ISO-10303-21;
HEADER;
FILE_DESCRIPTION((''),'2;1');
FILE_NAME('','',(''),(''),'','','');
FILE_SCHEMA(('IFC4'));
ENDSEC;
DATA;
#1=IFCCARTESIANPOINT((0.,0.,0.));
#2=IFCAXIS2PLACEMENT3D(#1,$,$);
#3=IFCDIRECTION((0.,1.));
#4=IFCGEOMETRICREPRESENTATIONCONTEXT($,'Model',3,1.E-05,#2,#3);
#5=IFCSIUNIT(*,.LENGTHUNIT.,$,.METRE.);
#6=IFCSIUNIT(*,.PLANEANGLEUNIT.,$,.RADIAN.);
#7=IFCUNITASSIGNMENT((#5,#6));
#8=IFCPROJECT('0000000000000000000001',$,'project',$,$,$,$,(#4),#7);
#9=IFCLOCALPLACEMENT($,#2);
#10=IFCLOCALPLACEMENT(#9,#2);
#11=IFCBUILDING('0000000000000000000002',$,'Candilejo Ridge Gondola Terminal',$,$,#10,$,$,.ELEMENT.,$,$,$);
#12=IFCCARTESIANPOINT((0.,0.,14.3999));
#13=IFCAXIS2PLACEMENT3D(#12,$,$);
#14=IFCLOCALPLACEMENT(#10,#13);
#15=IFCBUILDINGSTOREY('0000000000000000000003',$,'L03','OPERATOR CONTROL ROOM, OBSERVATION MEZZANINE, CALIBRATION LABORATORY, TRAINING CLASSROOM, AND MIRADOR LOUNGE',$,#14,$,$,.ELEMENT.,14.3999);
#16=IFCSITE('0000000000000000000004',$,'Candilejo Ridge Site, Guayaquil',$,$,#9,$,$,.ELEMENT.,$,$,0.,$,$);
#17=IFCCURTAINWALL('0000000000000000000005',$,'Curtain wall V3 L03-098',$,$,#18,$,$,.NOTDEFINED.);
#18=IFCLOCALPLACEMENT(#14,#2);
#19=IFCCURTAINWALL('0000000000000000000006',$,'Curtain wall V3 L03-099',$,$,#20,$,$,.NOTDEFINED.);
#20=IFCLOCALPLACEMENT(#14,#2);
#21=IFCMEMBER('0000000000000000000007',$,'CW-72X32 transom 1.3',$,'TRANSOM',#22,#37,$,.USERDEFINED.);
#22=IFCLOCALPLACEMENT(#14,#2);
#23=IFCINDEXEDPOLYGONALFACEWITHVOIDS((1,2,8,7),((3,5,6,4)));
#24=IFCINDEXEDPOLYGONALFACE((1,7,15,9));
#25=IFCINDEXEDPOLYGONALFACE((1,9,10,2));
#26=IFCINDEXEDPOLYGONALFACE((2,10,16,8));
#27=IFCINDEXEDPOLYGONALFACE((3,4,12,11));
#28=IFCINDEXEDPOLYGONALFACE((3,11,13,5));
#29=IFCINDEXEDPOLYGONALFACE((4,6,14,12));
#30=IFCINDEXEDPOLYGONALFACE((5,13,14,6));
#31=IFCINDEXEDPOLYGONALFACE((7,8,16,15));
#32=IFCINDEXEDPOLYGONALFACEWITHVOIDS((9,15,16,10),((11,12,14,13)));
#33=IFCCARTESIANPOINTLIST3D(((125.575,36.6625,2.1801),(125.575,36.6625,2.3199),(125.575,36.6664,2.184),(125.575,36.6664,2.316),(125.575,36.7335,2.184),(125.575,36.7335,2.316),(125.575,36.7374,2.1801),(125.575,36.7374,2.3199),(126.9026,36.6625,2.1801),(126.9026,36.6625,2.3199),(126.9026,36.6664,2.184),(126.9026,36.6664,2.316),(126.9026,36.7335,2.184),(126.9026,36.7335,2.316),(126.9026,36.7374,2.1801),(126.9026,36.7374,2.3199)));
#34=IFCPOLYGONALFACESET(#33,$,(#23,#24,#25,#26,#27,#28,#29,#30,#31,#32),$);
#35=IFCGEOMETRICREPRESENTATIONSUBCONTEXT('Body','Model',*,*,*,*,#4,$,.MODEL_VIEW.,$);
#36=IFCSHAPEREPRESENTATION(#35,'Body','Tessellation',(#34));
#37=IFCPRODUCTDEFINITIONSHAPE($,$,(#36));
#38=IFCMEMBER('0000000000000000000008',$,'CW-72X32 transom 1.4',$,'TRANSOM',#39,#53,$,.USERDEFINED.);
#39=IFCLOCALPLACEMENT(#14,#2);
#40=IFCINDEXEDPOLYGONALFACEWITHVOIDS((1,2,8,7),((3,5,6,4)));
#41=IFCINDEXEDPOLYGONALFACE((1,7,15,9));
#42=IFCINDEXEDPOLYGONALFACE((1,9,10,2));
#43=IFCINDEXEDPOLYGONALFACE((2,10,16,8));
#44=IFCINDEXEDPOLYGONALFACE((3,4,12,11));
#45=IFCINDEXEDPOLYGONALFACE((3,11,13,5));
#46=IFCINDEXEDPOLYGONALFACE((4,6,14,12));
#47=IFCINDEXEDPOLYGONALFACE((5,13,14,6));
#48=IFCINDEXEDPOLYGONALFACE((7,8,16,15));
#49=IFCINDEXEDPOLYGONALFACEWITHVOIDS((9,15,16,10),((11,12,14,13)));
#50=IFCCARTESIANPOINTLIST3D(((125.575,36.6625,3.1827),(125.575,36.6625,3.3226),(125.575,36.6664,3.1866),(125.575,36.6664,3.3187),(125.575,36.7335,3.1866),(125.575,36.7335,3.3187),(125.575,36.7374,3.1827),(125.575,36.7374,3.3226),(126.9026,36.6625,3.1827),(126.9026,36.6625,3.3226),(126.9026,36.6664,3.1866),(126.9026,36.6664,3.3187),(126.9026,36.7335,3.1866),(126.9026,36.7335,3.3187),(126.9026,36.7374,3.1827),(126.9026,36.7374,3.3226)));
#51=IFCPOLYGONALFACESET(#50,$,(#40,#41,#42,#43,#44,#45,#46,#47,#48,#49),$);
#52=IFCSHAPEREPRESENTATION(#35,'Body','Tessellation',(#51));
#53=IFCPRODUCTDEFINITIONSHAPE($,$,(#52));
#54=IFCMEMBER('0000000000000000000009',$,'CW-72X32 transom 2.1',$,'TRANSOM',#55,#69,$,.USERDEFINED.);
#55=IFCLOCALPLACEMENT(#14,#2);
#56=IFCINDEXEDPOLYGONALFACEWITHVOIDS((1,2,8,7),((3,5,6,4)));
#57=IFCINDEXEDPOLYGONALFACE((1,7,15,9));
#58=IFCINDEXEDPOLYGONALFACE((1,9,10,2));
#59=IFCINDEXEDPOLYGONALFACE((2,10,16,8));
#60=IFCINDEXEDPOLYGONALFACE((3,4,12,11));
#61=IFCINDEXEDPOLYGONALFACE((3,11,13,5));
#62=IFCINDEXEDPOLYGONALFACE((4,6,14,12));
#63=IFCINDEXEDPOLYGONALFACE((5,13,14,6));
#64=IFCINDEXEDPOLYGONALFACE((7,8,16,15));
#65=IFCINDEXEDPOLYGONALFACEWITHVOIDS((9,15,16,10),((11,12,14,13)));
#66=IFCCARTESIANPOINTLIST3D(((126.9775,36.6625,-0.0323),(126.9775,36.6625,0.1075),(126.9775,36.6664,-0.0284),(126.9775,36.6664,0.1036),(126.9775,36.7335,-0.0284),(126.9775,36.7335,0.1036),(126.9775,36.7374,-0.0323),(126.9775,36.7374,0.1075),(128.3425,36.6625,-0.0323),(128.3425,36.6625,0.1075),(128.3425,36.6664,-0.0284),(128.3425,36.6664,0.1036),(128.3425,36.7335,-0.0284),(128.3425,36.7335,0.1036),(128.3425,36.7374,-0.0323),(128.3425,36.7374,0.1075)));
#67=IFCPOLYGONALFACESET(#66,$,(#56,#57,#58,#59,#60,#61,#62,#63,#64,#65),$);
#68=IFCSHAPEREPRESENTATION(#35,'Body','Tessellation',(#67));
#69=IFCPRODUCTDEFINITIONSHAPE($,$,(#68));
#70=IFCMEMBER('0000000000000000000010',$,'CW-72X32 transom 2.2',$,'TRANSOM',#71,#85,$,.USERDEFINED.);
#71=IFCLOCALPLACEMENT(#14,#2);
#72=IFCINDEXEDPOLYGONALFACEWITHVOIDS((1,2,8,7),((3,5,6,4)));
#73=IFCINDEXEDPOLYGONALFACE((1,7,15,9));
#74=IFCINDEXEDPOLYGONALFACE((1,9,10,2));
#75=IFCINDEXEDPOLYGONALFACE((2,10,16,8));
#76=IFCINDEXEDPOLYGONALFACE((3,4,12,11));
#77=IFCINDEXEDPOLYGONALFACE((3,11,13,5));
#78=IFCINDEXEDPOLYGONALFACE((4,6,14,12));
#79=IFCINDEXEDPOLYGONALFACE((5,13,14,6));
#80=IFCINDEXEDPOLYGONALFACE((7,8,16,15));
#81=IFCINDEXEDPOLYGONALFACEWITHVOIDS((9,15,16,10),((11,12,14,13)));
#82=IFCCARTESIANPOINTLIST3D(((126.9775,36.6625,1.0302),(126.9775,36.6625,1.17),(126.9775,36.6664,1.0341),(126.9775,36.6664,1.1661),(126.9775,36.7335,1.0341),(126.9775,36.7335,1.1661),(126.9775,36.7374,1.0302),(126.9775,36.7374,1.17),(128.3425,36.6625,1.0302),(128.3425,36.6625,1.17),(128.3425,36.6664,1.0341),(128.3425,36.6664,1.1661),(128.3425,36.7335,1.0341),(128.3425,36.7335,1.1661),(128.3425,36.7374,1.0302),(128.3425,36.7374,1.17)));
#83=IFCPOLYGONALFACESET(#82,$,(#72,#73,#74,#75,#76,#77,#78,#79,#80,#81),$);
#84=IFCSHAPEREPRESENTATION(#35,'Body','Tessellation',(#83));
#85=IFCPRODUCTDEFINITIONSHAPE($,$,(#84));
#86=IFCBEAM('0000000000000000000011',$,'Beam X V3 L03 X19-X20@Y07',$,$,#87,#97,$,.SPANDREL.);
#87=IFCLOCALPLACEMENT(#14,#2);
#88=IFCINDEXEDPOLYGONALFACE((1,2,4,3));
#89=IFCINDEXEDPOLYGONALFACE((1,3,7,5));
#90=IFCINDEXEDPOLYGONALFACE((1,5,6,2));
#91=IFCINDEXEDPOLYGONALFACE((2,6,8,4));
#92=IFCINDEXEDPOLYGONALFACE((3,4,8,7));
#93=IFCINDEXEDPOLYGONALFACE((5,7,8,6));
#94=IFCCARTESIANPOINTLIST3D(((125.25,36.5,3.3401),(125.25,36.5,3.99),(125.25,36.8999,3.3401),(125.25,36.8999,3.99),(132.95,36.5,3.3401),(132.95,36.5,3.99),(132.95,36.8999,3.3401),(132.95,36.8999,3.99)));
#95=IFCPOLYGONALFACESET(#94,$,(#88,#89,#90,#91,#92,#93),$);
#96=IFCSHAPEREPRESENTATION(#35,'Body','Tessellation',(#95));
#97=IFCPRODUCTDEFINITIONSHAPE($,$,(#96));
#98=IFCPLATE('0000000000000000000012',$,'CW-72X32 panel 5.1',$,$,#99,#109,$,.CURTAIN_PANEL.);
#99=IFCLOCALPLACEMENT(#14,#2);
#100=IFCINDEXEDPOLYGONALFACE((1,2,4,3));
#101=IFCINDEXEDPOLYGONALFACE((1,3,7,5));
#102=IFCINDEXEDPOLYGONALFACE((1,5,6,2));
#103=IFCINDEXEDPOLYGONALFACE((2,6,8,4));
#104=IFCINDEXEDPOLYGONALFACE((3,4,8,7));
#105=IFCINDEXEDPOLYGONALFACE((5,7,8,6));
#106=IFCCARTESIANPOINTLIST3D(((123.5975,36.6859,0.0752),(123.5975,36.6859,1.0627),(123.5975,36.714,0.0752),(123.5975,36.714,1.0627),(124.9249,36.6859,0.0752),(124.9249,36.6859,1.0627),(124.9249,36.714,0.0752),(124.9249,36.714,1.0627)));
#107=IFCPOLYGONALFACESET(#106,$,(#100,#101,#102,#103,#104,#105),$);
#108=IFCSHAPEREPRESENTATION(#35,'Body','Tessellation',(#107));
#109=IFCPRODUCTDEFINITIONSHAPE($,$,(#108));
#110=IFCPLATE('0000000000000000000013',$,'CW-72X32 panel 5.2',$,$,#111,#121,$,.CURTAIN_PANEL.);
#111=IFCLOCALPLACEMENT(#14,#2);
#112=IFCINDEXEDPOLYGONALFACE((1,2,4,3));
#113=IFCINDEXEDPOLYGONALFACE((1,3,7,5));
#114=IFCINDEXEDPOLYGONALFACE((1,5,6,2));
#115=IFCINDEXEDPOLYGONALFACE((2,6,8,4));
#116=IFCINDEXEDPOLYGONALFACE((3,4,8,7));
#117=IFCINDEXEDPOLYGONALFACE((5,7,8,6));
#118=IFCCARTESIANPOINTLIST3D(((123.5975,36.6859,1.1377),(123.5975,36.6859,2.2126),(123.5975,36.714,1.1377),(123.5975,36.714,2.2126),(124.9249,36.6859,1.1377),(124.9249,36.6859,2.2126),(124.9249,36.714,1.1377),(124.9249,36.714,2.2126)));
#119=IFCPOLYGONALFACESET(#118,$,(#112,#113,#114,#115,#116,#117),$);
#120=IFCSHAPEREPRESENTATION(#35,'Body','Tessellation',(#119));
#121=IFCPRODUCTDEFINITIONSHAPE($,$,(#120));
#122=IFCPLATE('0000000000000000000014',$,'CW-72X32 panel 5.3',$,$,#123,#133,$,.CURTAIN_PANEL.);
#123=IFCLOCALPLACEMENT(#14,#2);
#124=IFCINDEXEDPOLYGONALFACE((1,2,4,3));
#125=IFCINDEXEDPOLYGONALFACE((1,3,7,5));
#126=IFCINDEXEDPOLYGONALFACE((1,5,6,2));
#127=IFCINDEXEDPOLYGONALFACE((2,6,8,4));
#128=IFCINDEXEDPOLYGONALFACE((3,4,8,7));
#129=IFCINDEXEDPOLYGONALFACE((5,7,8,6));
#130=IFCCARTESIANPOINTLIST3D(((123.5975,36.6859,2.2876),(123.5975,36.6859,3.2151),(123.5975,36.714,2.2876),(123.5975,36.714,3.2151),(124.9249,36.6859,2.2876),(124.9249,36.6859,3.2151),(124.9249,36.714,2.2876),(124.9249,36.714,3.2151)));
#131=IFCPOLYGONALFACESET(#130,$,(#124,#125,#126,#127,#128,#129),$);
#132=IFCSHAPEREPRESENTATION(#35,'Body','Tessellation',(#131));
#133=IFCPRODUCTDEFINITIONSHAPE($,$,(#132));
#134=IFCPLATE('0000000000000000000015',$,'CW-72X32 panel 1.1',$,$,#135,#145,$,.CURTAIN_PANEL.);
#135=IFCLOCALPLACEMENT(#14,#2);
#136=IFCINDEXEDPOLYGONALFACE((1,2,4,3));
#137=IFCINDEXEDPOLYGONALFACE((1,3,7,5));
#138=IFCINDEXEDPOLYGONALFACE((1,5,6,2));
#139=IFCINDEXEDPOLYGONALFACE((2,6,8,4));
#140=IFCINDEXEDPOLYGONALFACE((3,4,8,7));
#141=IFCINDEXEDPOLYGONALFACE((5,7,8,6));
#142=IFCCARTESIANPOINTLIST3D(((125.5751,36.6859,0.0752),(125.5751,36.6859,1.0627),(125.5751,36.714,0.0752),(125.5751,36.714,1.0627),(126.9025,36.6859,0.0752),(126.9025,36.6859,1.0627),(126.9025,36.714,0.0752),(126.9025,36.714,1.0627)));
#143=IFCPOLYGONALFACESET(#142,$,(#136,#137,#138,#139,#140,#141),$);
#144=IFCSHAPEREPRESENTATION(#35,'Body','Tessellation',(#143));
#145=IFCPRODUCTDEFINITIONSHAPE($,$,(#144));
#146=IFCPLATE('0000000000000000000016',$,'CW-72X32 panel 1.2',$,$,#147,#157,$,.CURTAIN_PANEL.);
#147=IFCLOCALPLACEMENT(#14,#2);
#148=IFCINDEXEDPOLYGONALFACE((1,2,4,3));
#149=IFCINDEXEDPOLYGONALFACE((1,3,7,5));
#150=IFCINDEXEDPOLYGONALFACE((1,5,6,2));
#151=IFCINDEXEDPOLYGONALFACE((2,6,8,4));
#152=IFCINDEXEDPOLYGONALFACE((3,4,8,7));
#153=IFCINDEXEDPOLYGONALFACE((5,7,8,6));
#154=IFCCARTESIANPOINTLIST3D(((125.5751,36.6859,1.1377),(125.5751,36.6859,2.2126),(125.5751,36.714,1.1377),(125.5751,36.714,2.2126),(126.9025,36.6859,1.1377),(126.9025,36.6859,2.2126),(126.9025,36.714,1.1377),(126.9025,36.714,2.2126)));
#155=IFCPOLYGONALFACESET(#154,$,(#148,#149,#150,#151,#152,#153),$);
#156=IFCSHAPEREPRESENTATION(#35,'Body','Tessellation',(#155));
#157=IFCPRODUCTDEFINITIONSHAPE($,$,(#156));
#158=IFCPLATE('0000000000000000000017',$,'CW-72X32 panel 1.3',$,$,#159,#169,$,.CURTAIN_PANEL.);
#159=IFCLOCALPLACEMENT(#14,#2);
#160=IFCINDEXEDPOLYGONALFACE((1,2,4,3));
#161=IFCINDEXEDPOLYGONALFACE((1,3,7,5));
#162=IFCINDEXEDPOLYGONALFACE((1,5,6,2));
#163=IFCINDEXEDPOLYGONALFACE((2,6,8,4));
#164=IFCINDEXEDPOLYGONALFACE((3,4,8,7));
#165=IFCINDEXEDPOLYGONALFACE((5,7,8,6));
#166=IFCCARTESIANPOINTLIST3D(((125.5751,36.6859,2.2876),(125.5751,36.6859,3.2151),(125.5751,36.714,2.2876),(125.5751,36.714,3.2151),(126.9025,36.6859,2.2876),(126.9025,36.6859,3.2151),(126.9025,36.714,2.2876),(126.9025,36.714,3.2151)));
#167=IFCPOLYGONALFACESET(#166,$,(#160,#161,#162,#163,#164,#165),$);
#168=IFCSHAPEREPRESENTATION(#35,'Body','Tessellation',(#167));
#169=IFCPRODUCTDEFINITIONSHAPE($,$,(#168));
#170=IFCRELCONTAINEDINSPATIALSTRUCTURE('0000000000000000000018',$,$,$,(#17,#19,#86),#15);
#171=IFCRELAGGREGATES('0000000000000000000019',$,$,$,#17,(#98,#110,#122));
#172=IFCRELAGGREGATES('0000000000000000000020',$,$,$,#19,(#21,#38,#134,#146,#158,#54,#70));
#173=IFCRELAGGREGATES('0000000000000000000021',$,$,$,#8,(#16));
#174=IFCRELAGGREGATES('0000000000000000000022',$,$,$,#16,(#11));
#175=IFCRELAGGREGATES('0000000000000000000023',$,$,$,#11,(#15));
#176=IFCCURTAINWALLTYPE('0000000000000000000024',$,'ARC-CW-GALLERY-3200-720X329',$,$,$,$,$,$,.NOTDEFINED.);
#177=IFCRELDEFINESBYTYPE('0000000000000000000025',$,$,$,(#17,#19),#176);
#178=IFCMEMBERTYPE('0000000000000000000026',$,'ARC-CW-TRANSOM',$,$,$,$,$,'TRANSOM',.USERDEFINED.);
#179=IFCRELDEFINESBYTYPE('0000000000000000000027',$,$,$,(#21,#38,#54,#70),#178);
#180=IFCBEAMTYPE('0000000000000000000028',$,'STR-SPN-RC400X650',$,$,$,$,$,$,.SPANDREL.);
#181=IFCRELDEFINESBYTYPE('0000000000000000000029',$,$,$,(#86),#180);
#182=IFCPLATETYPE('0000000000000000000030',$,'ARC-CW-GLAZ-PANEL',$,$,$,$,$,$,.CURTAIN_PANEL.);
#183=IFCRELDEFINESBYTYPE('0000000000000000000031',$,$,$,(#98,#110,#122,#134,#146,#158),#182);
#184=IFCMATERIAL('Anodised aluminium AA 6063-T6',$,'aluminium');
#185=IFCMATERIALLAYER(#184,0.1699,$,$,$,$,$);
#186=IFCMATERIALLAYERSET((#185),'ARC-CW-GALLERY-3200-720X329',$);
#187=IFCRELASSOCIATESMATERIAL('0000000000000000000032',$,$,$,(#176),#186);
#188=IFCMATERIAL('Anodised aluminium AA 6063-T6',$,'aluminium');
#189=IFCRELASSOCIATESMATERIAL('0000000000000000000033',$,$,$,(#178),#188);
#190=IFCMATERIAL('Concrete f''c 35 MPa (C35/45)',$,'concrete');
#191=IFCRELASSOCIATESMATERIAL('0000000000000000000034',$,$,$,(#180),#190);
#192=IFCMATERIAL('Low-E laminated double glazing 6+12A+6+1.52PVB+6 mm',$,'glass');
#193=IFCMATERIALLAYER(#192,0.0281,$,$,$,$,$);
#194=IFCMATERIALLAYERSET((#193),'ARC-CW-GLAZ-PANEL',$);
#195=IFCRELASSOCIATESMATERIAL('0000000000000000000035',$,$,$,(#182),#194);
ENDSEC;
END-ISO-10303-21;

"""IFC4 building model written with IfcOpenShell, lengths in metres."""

from ifc_helpers import new_model, si_unit, direction, frame, origin, origin_2d, place, context, subcontext, project, spatial, rectangle, hollow_rectangle, extrude, material, layer, layer_set, material_profile, profile_set, type_object, element, aggregate, save


model = new_model("IFC4")

# Units and contexts
model_context = context("Model", 3, precision=1e-05, world=origin(), true_north=direction((0.0, 1.0)))
body_context = subcontext(model_context, "Body", "Model", "MODEL_VIEW")
ifc_project = project(units=[si_unit("LENGTHUNIT", "METRE"), si_unit("PLANEANGLEUNIT", "RADIAN")], contexts=[model_context])

# Site, building, storey
site_placement = place(None, origin())
site = spatial("IfcSite", under=ifc_project, at=site_placement, Name="Candilejo Ridge Site, Guayaquil", CompositionType="ELEMENT", RefElevation=0.0)
building_placement = place(site_placement, origin())
building = spatial("IfcBuilding", under=site, at=building_placement, Name="Candilejo Ridge Gondola Terminal", CompositionType="ELEMENT")
storey_placement = place(building_placement, frame((0.0, 0.0, 14.3999)))
storey = spatial("IfcBuildingStorey", under=building, at=storey_placement, Name="L03", Description="OPERATOR CONTROL ROOM, OBSERVATION MEZZANINE, CALIBRATION LABORATORY, TRAINING CLASSROOM, AND MIRADOR LOUNGE", CompositionType="ELEMENT", Elevation=14.3999)

# Curtain walls
ifc_material_1 = material(Name="Anodised aluminium AA 6063-T6", Category="aluminium")
ifc_layer_1 = layer(ifc_material_1, 0.1699)
ifc_layer_set_1 = layer_set([ifc_layer_1], Name="ARC-CW-GALLERY-3200-720X329")
curtain_wall_type = type_object("IfcCurtainWallType", Name="ARC-CW-GALLERY-3200-720X329", PredefinedType="NOTDEFINED", material=ifc_layer_set_1)
curtain_wall_1_placement = place(storey_placement, origin())
curtain_wall_1 = element("IfcCurtainWall", 1, at=curtain_wall_1_placement, inside=storey, type_object=curtain_wall_type, Name="Curtain wall V3 L03-098", PredefinedType="NOTDEFINED")
curtain_wall_2_placement = place(storey_placement, origin())
curtain_wall_2 = element("IfcCurtainWall", 2, at=curtain_wall_2_placement, inside=storey, type_object=curtain_wall_type, Name="Curtain wall V3 L03-099", PredefinedType="NOTDEFINED")

# Members
ifc_material_2 = material(Name="Anodised aluminium AA 6063-T6", Category="aluminium")
ifc_material_profile_1 = material_profile(ifc_material_2, hollow_rectangle(XDim=0.075, YDim=0.1399, WallThickness=0.0039, at=origin_2d()))
ifc_profile_set_1 = profile_set([ifc_material_profile_1], Name="Anodised aluminium AA 6063-T6")
member_type_1 = type_object("IfcMemberType", Name="ARC-CW-TRANSOM", ElementType="TRANSOM", PredefinedType="USERDEFINED", material=ifc_profile_set_1)
member_1_placement = place(storey_placement, frame((125.575, 36.7, 2.25), z_axis=(1.0, 0.0, 0.0), x_axis=(0.0, 1.0, 0.0)))
member_1 = element("IfcMember", 3, at=member_1_placement, type_object=member_type_1, Name="CW-72X32 transom 1.3", ObjectType="TRANSOM", PredefinedType="USERDEFINED", context=body_context, shape_type="SweptSolid", body=[
    extrude(hollow_rectangle(XDim=0.075, YDim=0.1399, WallThickness=0.0039, at=origin_2d()), origin(), (0.0, 0.0, 1.0), 1.3276),
])
member_2_placement = place(storey_placement, frame((125.575, 36.7, 3.2527), z_axis=(1.0, 0.0, 0.0), x_axis=(0.0, 1.0, 0.0)))
member_2 = element("IfcMember", 4, at=member_2_placement, type_object=member_type_1, Name="CW-72X32 transom 1.4", ObjectType="TRANSOM", PredefinedType="USERDEFINED", context=body_context, shape_type="SweptSolid", body=[
    extrude(hollow_rectangle(XDim=0.075, YDim=0.1399, WallThickness=0.0039, at=origin_2d()), origin(), (0.0, 0.0, 1.0), 1.3276),
])
member_3_placement = place(storey_placement, frame((126.9775, 36.7, 0.0376), z_axis=(1.0, 0.0, 0.0), x_axis=(0.0, 1.0, 0.0)))
member_3 = element("IfcMember", 5, at=member_3_placement, type_object=member_type_1, Name="CW-72X32 transom 2.1", ObjectType="TRANSOM", PredefinedType="USERDEFINED", context=body_context, shape_type="SweptSolid", body=[
    extrude(hollow_rectangle(XDim=0.075, YDim=0.1399, WallThickness=0.0039, at=origin_2d()), origin(), (0.0, 0.0, 1.0), 1.365),
])
member_4_placement = place(storey_placement, frame((126.9775, 36.7, 1.1001), z_axis=(1.0, 0.0, 0.0), x_axis=(0.0, 1.0, 0.0)))
member_4 = element("IfcMember", 6, at=member_4_placement, type_object=member_type_1, Name="CW-72X32 transom 2.2", ObjectType="TRANSOM", PredefinedType="USERDEFINED", context=body_context, shape_type="SweptSolid", body=[
    extrude(hollow_rectangle(XDim=0.075, YDim=0.1399, WallThickness=0.0039, at=origin_2d()), origin(), (0.0, 0.0, 1.0), 1.365),
])

# Beam
ifc_material_3 = material(Name="Concrete f'c 35 MPa (C35/45)", Category="concrete")
ifc_material_profile_2 = material_profile(ifc_material_3, rectangle(XDim=0.3999, YDim=0.6499, at=origin_2d()))
ifc_profile_set_2 = profile_set([ifc_material_profile_2], Name="Concrete f'c 35 MPa (C35/45)")
beam_type = type_object("IfcBeamType", Name="STR-SPN-RC400X650", PredefinedType="SPANDREL", material=ifc_profile_set_2)
beam_placement = place(storey_placement, frame((125.25, 36.7, 3.665), z_axis=(1.0, 0.0, 0.0), x_axis=(0.0, 1.0, 0.0)))
element("IfcBeam", 7, at=beam_placement, inside=storey, type_object=beam_type, Name="Beam X V3 L03 X19-X20@Y07", PredefinedType="SPANDREL", context=body_context, shape_type="SweptSolid", body=[
    extrude(rectangle(XDim=0.3999, YDim=0.6499, at=origin_2d()), origin(), (0.0, 0.0, 1.0), 7.7),
])

# Plates
ifc_material_4 = material(Name="Low-E laminated double glazing 6+12A+6+1.52PVB+6 mm", Category="glass")
ifc_layer_2 = layer(ifc_material_4, 0.0281)
ifc_layer_set_2 = layer_set([ifc_layer_2], Name="ARC-CW-GLAZ-PANEL")
plate_type = type_object("IfcPlateType", Name="ARC-CW-GLAZ-PANEL", PredefinedType="CURTAIN_PANEL", material=ifc_layer_set_2)
plate_1_placement = place(storey_placement, frame((124.2612, 36.7, 0.0752), z_axis=(0.0, 0.0, 1.0), x_axis=(1.0, 0.0, 0.0)))
plate_1 = element("IfcPlate", 8, at=plate_1_placement, type_object=plate_type, Name="CW-72X32 panel 5.1", PredefinedType="CURTAIN_PANEL", context=body_context, shape_type="SweptSolid", body=[
    extrude(rectangle(XDim=1.3274, YDim=0.0281, at=origin_2d()), origin(), (0.0, 0.0, 1.0), 0.9875),
])
plate_2_placement = place(storey_placement, frame((124.2612, 36.7, 1.1377), z_axis=(0.0, 0.0, 1.0), x_axis=(1.0, 0.0, 0.0)))
plate_2 = element("IfcPlate", 9, at=plate_2_placement, type_object=plate_type, Name="CW-72X32 panel 5.2", PredefinedType="CURTAIN_PANEL", context=body_context, shape_type="SweptSolid", body=[
    extrude(rectangle(XDim=1.3274, YDim=0.0281, at=origin_2d()), origin(), (0.0, 0.0, 1.0), 1.075),
])
plate_3_placement = place(storey_placement, frame((124.2612, 36.7, 2.2876), z_axis=(0.0, 0.0, 1.0), x_axis=(1.0, 0.0, 0.0)))
plate_3 = element("IfcPlate", 10, at=plate_3_placement, type_object=plate_type, Name="CW-72X32 panel 5.3", PredefinedType="CURTAIN_PANEL", context=body_context, shape_type="SweptSolid", body=[
    extrude(rectangle(XDim=1.3274, YDim=0.0281, at=origin_2d()), origin(), (0.0, 0.0, 1.0), 0.9275),
])
aggregate(curtain_wall_1, [plate_1, plate_2, plate_3])
plate_4_placement = place(storey_placement, frame((126.2388, 36.7, 0.0752), z_axis=(0.0, 0.0, 1.0), x_axis=(1.0, 0.0, 0.0)))
plate_4 = element("IfcPlate", 11, at=plate_4_placement, type_object=plate_type, Name="CW-72X32 panel 1.1", PredefinedType="CURTAIN_PANEL", context=body_context, shape_type="SweptSolid", body=[
    extrude(rectangle(XDim=1.3274, YDim=0.0281, at=origin_2d()), origin(), (0.0, 0.0, 1.0), 0.9875),
])
plate_5_placement = place(storey_placement, frame((126.2388, 36.7, 1.1377), z_axis=(0.0, 0.0, 1.0), x_axis=(1.0, 0.0, 0.0)))
plate_5 = element("IfcPlate", 12, at=plate_5_placement, type_object=plate_type, Name="CW-72X32 panel 1.2", PredefinedType="CURTAIN_PANEL", context=body_context, shape_type="SweptSolid", body=[
    extrude(rectangle(XDim=1.3274, YDim=0.0281, at=origin_2d()), origin(), (0.0, 0.0, 1.0), 1.075),
])
plate_6_placement = place(storey_placement, frame((126.2388, 36.7, 2.2876), z_axis=(0.0, 0.0, 1.0), x_axis=(1.0, 0.0, 0.0)))
plate_6 = element("IfcPlate", 13, at=plate_6_placement, type_object=plate_type, Name="CW-72X32 panel 1.3", PredefinedType="CURTAIN_PANEL", context=body_context, shape_type="SweptSolid", body=[
    extrude(rectangle(XDim=1.3274, YDim=0.0281, at=origin_2d()), origin(), (0.0, 0.0, 1.0), 0.9275),
])
aggregate(curtain_wall_2, [member_1, member_2, plate_4, plate_5, plate_6, member_3, member_4])

save(model, "model.ifc")
